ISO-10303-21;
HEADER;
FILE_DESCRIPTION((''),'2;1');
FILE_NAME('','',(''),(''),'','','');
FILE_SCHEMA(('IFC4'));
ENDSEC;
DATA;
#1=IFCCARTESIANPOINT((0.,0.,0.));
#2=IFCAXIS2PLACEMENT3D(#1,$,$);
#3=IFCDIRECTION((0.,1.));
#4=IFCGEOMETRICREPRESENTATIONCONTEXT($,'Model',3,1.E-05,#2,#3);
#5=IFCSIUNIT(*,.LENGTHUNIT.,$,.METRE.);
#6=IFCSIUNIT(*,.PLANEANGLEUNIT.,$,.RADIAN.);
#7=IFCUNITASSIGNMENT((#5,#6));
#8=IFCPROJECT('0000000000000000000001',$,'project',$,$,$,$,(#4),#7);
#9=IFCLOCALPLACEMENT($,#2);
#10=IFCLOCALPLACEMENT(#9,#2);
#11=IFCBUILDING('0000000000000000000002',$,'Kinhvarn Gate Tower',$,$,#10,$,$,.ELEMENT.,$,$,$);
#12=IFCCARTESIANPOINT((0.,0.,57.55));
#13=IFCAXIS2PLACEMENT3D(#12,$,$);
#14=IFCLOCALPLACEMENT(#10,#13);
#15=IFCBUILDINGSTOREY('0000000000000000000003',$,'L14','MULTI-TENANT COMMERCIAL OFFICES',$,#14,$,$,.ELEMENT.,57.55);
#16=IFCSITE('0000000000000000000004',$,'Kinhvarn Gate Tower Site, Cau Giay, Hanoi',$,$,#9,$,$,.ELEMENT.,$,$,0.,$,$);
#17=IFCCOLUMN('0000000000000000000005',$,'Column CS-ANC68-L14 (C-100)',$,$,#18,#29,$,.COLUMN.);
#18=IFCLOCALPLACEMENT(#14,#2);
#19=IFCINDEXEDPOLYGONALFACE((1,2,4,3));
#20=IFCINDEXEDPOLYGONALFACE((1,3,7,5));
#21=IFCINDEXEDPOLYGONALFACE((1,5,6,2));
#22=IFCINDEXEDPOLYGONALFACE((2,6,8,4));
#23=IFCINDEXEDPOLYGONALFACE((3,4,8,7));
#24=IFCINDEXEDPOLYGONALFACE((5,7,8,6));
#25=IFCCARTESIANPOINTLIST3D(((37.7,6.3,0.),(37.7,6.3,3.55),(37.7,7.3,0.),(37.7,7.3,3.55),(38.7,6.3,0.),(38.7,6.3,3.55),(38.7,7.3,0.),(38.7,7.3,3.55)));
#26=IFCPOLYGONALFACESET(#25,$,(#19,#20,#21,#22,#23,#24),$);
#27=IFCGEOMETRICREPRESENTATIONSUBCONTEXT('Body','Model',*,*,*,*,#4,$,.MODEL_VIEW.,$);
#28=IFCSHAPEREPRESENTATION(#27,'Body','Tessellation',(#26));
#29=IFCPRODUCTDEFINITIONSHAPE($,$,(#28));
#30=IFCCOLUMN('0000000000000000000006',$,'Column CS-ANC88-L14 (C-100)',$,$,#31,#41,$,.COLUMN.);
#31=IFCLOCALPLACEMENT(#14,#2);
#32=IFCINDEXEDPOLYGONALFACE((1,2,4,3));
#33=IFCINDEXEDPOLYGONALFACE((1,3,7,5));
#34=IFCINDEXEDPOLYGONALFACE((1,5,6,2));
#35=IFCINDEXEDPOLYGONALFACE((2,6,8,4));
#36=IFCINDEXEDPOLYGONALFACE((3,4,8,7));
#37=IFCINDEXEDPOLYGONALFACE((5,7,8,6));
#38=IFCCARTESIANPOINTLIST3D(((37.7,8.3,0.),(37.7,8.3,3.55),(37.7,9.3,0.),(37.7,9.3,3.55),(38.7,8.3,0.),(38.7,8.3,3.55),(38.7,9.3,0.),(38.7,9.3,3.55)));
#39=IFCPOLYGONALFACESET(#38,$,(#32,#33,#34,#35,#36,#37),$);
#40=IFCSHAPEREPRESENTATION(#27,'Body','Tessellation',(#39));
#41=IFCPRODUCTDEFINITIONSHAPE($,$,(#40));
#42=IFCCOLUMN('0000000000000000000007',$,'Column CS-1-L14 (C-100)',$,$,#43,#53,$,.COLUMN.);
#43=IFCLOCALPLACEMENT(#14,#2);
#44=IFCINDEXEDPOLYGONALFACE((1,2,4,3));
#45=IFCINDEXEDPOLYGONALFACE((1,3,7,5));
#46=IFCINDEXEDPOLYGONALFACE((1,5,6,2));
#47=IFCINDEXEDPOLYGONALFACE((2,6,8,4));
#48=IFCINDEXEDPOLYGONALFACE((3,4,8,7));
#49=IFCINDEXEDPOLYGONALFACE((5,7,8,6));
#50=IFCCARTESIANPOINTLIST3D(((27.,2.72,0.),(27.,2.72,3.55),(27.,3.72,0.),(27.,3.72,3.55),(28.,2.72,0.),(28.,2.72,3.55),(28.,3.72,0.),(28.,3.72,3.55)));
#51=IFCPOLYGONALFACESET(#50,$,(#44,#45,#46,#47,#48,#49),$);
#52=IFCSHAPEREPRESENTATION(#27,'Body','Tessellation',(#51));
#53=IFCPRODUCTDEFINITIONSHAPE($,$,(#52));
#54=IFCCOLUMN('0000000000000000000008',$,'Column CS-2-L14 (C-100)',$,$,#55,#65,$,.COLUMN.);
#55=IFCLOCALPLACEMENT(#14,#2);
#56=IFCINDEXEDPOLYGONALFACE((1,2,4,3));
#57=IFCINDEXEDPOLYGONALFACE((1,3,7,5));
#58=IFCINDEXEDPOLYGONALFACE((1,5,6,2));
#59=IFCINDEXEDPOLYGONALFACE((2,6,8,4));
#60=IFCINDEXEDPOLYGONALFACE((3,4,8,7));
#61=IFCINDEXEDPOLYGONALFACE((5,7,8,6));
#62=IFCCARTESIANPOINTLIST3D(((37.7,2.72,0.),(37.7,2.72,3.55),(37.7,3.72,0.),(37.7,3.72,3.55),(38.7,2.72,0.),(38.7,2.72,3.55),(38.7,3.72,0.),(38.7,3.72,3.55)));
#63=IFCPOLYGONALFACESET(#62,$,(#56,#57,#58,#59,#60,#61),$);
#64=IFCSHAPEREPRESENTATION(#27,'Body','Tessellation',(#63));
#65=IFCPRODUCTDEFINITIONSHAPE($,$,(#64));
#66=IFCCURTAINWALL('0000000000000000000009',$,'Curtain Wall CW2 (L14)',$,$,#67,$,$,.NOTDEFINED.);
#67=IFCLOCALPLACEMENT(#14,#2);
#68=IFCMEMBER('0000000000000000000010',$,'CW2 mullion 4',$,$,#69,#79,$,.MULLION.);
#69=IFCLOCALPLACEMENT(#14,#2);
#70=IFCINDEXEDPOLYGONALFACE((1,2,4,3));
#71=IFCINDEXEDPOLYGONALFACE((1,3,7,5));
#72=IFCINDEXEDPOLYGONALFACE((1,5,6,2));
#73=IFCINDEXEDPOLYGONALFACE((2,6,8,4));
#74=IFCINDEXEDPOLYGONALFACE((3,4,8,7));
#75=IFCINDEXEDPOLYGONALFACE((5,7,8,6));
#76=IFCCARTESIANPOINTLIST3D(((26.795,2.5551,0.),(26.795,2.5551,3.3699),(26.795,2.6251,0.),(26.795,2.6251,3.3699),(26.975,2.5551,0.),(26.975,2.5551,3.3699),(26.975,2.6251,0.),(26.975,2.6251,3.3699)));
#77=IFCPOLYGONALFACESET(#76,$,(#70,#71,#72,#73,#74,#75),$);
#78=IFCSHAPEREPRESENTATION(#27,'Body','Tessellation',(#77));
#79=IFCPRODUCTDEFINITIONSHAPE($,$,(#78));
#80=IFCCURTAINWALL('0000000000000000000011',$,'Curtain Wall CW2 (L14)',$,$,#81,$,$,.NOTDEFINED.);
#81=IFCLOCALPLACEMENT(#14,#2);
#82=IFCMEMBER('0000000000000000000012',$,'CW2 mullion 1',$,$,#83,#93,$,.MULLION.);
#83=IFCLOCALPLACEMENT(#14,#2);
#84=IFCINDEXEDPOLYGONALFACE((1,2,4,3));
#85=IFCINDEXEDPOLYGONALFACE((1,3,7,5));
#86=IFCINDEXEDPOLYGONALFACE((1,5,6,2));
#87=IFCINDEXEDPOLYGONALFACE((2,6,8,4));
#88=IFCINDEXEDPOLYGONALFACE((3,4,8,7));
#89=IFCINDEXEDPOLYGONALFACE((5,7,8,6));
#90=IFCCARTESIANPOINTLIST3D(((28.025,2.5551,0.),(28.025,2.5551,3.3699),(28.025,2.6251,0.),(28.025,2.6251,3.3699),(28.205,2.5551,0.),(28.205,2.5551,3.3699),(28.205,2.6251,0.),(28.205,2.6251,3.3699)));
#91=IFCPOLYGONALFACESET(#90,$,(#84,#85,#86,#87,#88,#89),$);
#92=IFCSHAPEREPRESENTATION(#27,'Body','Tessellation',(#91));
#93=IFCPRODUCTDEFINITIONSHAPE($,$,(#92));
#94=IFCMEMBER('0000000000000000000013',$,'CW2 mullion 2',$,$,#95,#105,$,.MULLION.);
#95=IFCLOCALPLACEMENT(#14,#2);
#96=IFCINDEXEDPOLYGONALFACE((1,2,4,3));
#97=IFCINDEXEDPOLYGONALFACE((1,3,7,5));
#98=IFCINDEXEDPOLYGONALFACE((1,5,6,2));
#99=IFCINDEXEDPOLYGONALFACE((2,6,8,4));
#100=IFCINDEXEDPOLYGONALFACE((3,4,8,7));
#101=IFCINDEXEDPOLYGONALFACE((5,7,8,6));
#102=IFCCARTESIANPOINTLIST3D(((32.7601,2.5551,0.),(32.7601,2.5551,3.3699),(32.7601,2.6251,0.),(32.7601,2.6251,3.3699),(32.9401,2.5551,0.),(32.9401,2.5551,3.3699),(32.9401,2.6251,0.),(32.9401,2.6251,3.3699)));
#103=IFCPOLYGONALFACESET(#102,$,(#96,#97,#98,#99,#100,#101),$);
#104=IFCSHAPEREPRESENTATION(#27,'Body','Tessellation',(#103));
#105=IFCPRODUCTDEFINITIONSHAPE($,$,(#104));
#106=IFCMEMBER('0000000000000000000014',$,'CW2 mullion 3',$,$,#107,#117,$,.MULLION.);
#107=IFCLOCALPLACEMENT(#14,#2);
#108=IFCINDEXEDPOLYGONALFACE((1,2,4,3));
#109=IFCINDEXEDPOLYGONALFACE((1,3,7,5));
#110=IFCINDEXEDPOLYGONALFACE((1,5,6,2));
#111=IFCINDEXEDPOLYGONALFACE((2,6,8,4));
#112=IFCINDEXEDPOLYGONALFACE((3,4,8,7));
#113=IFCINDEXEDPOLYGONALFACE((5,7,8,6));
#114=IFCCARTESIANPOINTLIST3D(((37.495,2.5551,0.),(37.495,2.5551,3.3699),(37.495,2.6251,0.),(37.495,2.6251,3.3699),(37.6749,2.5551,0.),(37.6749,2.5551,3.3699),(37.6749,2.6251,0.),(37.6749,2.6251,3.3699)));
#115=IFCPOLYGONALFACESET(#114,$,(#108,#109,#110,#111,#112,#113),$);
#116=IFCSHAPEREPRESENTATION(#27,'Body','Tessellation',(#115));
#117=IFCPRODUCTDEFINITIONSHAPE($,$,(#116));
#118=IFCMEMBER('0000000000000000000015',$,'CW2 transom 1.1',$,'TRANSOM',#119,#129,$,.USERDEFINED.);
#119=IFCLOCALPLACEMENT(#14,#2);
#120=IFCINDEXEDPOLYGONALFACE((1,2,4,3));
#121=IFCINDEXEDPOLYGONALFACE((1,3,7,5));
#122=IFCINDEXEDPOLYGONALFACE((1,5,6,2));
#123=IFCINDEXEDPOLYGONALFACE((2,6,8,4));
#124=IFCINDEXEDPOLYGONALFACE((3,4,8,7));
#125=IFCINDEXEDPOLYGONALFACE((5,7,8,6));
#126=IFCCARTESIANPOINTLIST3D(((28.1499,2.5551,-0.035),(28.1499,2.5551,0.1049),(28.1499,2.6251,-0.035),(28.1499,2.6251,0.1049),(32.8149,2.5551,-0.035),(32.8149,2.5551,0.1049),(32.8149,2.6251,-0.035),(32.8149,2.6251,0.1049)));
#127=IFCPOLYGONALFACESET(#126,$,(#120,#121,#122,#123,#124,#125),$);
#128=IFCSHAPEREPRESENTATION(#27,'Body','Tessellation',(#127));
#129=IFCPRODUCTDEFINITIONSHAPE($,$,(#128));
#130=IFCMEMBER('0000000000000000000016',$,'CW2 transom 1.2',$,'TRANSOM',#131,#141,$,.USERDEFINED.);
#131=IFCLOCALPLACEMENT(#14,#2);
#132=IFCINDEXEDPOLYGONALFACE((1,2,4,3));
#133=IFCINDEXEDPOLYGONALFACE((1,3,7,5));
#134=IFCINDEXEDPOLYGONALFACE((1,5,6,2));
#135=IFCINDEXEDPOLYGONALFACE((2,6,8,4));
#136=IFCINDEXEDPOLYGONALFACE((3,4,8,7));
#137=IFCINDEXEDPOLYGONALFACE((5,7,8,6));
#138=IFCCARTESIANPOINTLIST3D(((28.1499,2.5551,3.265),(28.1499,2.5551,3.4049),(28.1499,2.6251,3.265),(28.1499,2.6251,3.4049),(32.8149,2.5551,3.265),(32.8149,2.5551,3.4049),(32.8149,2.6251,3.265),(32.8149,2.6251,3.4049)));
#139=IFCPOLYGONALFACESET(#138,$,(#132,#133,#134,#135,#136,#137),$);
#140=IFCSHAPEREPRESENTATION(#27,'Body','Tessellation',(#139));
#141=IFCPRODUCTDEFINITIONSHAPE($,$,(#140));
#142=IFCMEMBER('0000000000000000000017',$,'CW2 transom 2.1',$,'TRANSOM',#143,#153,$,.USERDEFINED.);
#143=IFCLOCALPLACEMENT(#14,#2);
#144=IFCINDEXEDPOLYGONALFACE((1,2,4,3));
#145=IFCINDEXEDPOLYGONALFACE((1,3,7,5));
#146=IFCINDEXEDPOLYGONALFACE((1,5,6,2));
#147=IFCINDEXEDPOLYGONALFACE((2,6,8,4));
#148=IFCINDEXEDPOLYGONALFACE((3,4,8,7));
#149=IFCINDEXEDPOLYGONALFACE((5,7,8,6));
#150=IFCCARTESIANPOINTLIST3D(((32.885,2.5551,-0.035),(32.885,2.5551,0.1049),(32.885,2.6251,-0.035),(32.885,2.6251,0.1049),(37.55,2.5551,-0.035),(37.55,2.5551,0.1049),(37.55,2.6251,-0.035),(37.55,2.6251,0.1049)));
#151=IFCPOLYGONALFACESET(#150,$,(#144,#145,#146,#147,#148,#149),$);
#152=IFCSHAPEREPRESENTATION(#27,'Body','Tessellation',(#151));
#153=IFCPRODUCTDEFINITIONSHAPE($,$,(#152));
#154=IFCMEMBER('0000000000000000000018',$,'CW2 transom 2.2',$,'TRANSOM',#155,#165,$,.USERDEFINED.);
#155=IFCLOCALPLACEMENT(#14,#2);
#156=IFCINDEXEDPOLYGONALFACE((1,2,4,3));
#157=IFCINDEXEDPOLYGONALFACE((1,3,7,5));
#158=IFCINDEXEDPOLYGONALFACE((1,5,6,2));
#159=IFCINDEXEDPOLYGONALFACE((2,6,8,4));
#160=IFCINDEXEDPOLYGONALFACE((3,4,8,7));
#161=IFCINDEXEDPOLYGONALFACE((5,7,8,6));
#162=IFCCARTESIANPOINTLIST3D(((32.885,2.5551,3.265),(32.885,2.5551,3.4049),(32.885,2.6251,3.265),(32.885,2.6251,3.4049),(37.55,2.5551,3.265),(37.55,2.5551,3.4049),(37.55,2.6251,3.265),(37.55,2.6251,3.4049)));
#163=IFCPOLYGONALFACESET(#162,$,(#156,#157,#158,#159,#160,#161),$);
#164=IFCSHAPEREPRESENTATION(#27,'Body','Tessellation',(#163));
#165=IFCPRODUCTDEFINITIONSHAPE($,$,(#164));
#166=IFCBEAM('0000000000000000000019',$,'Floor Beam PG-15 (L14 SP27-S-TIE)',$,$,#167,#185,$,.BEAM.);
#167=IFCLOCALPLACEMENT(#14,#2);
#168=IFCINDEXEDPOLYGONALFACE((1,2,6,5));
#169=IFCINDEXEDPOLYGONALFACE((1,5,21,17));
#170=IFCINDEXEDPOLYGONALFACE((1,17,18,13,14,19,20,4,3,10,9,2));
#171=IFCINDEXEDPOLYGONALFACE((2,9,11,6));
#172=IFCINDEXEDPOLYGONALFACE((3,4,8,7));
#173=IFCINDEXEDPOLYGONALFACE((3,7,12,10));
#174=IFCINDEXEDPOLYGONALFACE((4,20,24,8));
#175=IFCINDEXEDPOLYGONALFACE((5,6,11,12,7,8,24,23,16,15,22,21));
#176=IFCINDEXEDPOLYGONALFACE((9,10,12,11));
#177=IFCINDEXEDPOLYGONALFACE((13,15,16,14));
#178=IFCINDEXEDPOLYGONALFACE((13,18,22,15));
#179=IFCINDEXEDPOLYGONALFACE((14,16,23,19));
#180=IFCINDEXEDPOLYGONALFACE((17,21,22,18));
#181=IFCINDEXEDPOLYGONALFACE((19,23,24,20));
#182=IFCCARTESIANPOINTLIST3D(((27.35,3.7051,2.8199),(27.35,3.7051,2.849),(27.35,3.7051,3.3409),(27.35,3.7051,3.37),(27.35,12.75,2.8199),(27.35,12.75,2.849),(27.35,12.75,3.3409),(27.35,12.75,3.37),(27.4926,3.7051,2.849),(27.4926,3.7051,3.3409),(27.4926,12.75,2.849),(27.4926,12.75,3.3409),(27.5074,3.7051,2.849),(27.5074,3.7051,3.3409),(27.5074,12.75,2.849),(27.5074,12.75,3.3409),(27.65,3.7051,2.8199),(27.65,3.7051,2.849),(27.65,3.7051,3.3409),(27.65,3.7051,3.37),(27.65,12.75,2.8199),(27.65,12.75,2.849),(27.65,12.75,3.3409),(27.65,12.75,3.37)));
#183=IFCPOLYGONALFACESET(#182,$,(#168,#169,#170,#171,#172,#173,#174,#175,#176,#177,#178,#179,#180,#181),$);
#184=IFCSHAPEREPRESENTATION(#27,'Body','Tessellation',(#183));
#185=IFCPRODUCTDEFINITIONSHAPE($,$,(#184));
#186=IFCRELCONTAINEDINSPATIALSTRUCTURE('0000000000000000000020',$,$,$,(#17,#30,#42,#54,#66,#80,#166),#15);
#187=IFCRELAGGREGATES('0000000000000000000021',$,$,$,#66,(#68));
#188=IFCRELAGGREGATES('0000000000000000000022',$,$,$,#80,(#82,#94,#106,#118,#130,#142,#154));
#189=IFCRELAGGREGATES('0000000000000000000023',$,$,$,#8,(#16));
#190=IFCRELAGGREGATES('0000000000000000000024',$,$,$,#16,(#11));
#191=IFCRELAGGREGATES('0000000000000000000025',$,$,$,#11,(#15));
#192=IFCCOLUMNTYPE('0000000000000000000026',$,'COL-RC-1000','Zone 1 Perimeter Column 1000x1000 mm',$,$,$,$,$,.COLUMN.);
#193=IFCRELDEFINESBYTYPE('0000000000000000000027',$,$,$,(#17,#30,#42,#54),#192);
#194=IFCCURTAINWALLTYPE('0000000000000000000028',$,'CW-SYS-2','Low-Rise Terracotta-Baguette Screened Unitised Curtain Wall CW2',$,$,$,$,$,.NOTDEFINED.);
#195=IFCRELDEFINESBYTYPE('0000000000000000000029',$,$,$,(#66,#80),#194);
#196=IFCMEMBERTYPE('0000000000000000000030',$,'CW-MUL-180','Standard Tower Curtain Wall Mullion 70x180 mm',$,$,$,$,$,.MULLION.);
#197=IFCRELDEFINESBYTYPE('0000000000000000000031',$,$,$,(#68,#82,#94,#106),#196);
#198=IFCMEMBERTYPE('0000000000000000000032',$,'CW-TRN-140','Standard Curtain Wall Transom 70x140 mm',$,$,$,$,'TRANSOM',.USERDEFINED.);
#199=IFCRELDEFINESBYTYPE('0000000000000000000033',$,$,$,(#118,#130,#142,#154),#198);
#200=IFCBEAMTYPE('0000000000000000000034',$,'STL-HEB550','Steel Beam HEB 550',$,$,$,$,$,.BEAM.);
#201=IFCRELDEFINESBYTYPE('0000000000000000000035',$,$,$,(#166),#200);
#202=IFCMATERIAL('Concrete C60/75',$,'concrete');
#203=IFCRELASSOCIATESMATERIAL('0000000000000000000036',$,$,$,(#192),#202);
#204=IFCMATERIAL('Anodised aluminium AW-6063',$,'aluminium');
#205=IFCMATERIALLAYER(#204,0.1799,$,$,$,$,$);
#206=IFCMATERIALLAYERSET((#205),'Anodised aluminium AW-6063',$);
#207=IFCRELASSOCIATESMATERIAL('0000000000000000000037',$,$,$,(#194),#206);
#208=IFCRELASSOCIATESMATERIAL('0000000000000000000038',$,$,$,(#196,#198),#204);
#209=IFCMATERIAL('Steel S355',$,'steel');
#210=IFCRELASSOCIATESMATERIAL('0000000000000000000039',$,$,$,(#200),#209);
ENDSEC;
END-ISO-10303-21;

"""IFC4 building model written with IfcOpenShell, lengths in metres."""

from ifc_helpers import new_model, si_unit, direction, frame, origin, origin_2d, place, context, subcontext, project, spatial, rectangle, i_section, extrude, material, layer, layer_set, material_profile, profile_set, type_object, element, aggregate, save


model = new_model("IFC4")

# Units and contexts
model_context = context("Model", 3, precision=1e-05, world=origin(), true_north=direction((0.0, 1.0)))
body_context = subcontext(model_context, "Body", "Model", "MODEL_VIEW")
ifc_project = project(units=[si_unit("LENGTHUNIT", "METRE"), si_unit("PLANEANGLEUNIT", "RADIAN")], contexts=[model_context])

# Site, building, storey
site_placement = place(None, origin())
site = spatial("IfcSite", under=ifc_project, at=site_placement, Name="Kinhvarn Gate Tower Site, Cau Giay, Hanoi", CompositionType="ELEMENT", RefElevation=0.0)
building_placement = place(site_placement, origin())
building = spatial("IfcBuilding", under=site, at=building_placement, Name="Kinhvarn Gate Tower", CompositionType="ELEMENT")
storey_placement = place(building_placement, frame((0.0, 0.0, 57.55)))
storey = spatial("IfcBuildingStorey", under=building, at=storey_placement, Name="L14", Description="MULTI-TENANT COMMERCIAL OFFICES", CompositionType="ELEMENT", Elevation=57.55)

# Columns
ifc_material_1 = material(Name="Concrete C60/75", Category="concrete")
ifc_material_profile_1 = material_profile(ifc_material_1, rectangle(XDim=1.0, YDim=1.0, at=origin_2d()), Name="RC 1000x1000")
ifc_profile_set_1 = profile_set([ifc_material_profile_1], Name="Concrete C60/75")
column_type = type_object("IfcColumnType", Name="COL-RC-1000", Description="Zone 1 Perimeter Column 1000x1000 mm", PredefinedType="COLUMN", material=ifc_profile_set_1)
for number, where, z_axis, x_axis, name in (
    (1, (38.2, 6.8, 0.0), (0.0, 0.0, 1.0), (1.0, 0.0, 0.0), "Column CS-ANC68-L14 (C-100)"),
    (2, (38.2, 8.8, 0.0), (0.0, 0.0, 1.0), (1.0, 0.0, 0.0), "Column CS-ANC88-L14 (C-100)"),
    (3, (27.5, 3.22, 0.0), (0.0, 0.0, 1.0), (1.0, 0.0, 0.0), "Column CS-1-L14 (C-100)"),
    (4, (38.2, 3.22, 0.0), (0.0, 0.0, 1.0), (1.0, 0.0, 0.0), "Column CS-2-L14 (C-100)"),
):
    element("IfcColumn", number, at=place(storey_placement, frame(where, z_axis=z_axis, x_axis=x_axis)), inside=storey, type_object=column_type, Name=name, PredefinedType="COLUMN", context=body_context, shape_type="SweptSolid", body=[
        extrude(rectangle(XDim=1.0, YDim=1.0, at=origin_2d()), origin(), (0.0, 0.0, 1.0), 3.55),
    ])

# Curtain wall, member
ifc_material_2 = material(Name="Anodised aluminium AW-6063", Category="aluminium")
ifc_layer_1 = layer(ifc_material_2, 0.1799)
ifc_layer_set_1 = layer_set([ifc_layer_1], Name="Anodised aluminium AW-6063")
curtain_wall_type = type_object("IfcCurtainWallType", Name="CW-SYS-2", Description="Low-Rise Terracotta-Baguette Screened Unitised Curtain Wall CW2", PredefinedType="NOTDEFINED", material=ifc_layer_set_1)
curtain_wall_1_placement = place(storey_placement, origin())
curtain_wall_1 = element("IfcCurtainWall", 5, at=curtain_wall_1_placement, inside=storey, type_object=curtain_wall_type, Name="Curtain Wall CW2 (L14)", PredefinedType="NOTDEFINED")
ifc_material_profile_2 = material_profile(ifc_material_2, rectangle(XDim=0.0701, YDim=0.1799, at=origin_2d()), Name="ALU 70x180")
ifc_profile_set_2 = profile_set([ifc_material_profile_2], Name="Anodised aluminium AW-6063")
member_type_1 = type_object("IfcMemberType", Name="CW-MUL-180", Description="Standard Tower Curtain Wall Mullion 70x180 mm", PredefinedType="MULLION", material=ifc_profile_set_2)
member_1_placement = place(storey_placement, frame((26.885, 2.5901, 0.0), z_axis=(0.0, 0.0, 1.0), x_axis=(0.0, 1.0, 0.0)))
member_1 = element("IfcMember", 6, at=member_1_placement, type_object=member_type_1, Name="CW2 mullion 4", PredefinedType="MULLION", context=body_context, shape_type="SweptSolid", body=[
    extrude(rectangle(XDim=0.0701, YDim=0.1799, at=origin_2d()), origin(), (0.0, 0.0, 1.0), 3.3699),
])
aggregate(curtain_wall_1, [member_1])

# Curtain wall, members
curtain_wall_2_placement = place(storey_placement, origin())
curtain_wall_2 = element("IfcCurtainWall", 7, at=curtain_wall_2_placement, inside=storey, type_object=curtain_wall_type, Name="Curtain Wall CW2 (L14)", PredefinedType="NOTDEFINED")
member_2_placement = place(storey_placement, frame((28.115, 2.5901, 0.0), z_axis=(0.0, 0.0, 1.0), x_axis=(0.0, 1.0, 0.0)))
member_2 = element("IfcMember", 8, at=member_2_placement, type_object=member_type_1, Name="CW2 mullion 1", PredefinedType="MULLION", context=body_context, shape_type="SweptSolid", body=[
    extrude(rectangle(XDim=0.0701, YDim=0.1799, at=origin_2d()), origin(), (0.0, 0.0, 1.0), 3.3699),
])
member_3_placement = place(storey_placement, frame((32.8501, 2.5901, 0.0), z_axis=(0.0, 0.0, 1.0), x_axis=(0.0, 1.0, 0.0)))
member_3 = element("IfcMember", 9, at=member_3_placement, type_object=member_type_1, Name="CW2 mullion 2", PredefinedType="MULLION", context=body_context, shape_type="SweptSolid", body=[
    extrude(rectangle(XDim=0.0701, YDim=0.1799, at=origin_2d()), origin(), (0.0, 0.0, 1.0), 3.3699),
])
member_4_placement = place(storey_placement, frame((37.585, 2.5901, 0.0), z_axis=(0.0, 0.0, 1.0), x_axis=(0.0, 1.0, 0.0)))
member_4 = element("IfcMember", 10, at=member_4_placement, type_object=member_type_1, Name="CW2 mullion 3", PredefinedType="MULLION", context=body_context, shape_type="SweptSolid", body=[
    extrude(rectangle(XDim=0.0701, YDim=0.1799, at=origin_2d()), origin(), (0.0, 0.0, 1.0), 3.3699),
])
ifc_material_profile_3 = material_profile(ifc_material_2, rectangle(XDim=0.0701, YDim=0.1399, at=origin_2d()), Name="ALU 70x140")
ifc_profile_set_3 = profile_set([ifc_material_profile_3], Name="Anodised aluminium AW-6063")
member_type_2 = type_object("IfcMemberType", Name="CW-TRN-140", Description="Standard Curtain Wall Transom 70x140 mm", ElementType="TRANSOM", PredefinedType="USERDEFINED", material=ifc_profile_set_3)
member_5_placement = place(storey_placement, frame((28.1499, 2.5901, 0.0349), z_axis=(1.0, 0.0, 0.0), x_axis=(0.0, 1.0, 0.0)))
member_5 = element("IfcMember", 11, at=member_5_placement, type_object=member_type_2, Name="CW2 transom 1.1", ObjectType="TRANSOM", PredefinedType="USERDEFINED", context=body_context, shape_type="SweptSolid", body=[
    extrude(rectangle(XDim=0.0701, YDim=0.1399, at=origin_2d()), origin(), (0.0, 0.0, 1.0), 4.665),
])
member_6_placement = place(storey_placement, frame((28.1499, 2.5901, 3.335), z_axis=(1.0, 0.0, 0.0), x_axis=(0.0, 1.0, 0.0)))
member_6 = element("IfcMember", 12, at=member_6_placement, type_object=member_type_2, Name="CW2 transom 1.2", ObjectType="TRANSOM", PredefinedType="USERDEFINED", context=body_context, shape_type="SweptSolid", body=[
    extrude(rectangle(XDim=0.0701, YDim=0.1399, at=origin_2d()), origin(), (0.0, 0.0, 1.0), 4.665),
])
member_7_placement = place(storey_placement, frame((32.885, 2.5901, 0.0349), z_axis=(1.0, 0.0, 0.0), x_axis=(0.0, 1.0, 0.0)))
member_7 = element("IfcMember", 13, at=member_7_placement, type_object=member_type_2, Name="CW2 transom 2.1", ObjectType="TRANSOM", PredefinedType="USERDEFINED", context=body_context, shape_type="SweptSolid", body=[
    extrude(rectangle(XDim=0.0701, YDim=0.1399, at=origin_2d()), origin(), (0.0, 0.0, 1.0), 4.665),
])
member_8_placement = place(storey_placement, frame((32.885, 2.5901, 3.335), z_axis=(1.0, 0.0, 0.0), x_axis=(0.0, 1.0, 0.0)))
member_8 = element("IfcMember", 14, at=member_8_placement, type_object=member_type_2, Name="CW2 transom 2.2", ObjectType="TRANSOM", PredefinedType="USERDEFINED", context=body_context, shape_type="SweptSolid", body=[
    extrude(rectangle(XDim=0.0701, YDim=0.1399, at=origin_2d()), origin(), (0.0, 0.0, 1.0), 4.665),
])

# Beam
ifc_material_3 = material(Name="Steel S355", Category="steel")
ifc_material_profile_4 = material_profile(ifc_material_3, i_section(OverallWidth=0.3, OverallDepth=0.55, WebThickness=0.0149, FlangeThickness=0.0291, at=origin_2d()), Name="HEB 550")
ifc_profile_set_4 = profile_set([ifc_material_profile_4], Name="Steel S355")
beam_type_1 = type_object("IfcBeamType", Name="STL-HEB550", Description="Steel Beam HEB 550", PredefinedType="BEAM", material=ifc_profile_set_4)
beam_1_placement = place(storey_placement, frame((27.5, 3.7051, 3.095), z_axis=(0.0, 1.0, 0.0), x_axis=(-1.0, 0.0, 0.0)))
element("IfcBeam", 15, at=beam_1_placement, inside=storey, type_object=beam_type_1, Name="Floor Beam PG-15 (L14 SP27-S-TIE)", PredefinedType="BEAM", context=body_context, shape_type="SweptSolid", body=[
    extrude(i_section(OverallWidth=0.3, OverallDepth=0.55, WebThickness=0.0149, FlangeThickness=0.0291, at=origin_2d()), origin(), (0.0, 0.0, 1.0), 9.0449),
])

aggregate(curtain_wall_2, [member_2, member_3, member_4, member_5, member_6, member_7, member_8])

save(model, "model.ifc")
